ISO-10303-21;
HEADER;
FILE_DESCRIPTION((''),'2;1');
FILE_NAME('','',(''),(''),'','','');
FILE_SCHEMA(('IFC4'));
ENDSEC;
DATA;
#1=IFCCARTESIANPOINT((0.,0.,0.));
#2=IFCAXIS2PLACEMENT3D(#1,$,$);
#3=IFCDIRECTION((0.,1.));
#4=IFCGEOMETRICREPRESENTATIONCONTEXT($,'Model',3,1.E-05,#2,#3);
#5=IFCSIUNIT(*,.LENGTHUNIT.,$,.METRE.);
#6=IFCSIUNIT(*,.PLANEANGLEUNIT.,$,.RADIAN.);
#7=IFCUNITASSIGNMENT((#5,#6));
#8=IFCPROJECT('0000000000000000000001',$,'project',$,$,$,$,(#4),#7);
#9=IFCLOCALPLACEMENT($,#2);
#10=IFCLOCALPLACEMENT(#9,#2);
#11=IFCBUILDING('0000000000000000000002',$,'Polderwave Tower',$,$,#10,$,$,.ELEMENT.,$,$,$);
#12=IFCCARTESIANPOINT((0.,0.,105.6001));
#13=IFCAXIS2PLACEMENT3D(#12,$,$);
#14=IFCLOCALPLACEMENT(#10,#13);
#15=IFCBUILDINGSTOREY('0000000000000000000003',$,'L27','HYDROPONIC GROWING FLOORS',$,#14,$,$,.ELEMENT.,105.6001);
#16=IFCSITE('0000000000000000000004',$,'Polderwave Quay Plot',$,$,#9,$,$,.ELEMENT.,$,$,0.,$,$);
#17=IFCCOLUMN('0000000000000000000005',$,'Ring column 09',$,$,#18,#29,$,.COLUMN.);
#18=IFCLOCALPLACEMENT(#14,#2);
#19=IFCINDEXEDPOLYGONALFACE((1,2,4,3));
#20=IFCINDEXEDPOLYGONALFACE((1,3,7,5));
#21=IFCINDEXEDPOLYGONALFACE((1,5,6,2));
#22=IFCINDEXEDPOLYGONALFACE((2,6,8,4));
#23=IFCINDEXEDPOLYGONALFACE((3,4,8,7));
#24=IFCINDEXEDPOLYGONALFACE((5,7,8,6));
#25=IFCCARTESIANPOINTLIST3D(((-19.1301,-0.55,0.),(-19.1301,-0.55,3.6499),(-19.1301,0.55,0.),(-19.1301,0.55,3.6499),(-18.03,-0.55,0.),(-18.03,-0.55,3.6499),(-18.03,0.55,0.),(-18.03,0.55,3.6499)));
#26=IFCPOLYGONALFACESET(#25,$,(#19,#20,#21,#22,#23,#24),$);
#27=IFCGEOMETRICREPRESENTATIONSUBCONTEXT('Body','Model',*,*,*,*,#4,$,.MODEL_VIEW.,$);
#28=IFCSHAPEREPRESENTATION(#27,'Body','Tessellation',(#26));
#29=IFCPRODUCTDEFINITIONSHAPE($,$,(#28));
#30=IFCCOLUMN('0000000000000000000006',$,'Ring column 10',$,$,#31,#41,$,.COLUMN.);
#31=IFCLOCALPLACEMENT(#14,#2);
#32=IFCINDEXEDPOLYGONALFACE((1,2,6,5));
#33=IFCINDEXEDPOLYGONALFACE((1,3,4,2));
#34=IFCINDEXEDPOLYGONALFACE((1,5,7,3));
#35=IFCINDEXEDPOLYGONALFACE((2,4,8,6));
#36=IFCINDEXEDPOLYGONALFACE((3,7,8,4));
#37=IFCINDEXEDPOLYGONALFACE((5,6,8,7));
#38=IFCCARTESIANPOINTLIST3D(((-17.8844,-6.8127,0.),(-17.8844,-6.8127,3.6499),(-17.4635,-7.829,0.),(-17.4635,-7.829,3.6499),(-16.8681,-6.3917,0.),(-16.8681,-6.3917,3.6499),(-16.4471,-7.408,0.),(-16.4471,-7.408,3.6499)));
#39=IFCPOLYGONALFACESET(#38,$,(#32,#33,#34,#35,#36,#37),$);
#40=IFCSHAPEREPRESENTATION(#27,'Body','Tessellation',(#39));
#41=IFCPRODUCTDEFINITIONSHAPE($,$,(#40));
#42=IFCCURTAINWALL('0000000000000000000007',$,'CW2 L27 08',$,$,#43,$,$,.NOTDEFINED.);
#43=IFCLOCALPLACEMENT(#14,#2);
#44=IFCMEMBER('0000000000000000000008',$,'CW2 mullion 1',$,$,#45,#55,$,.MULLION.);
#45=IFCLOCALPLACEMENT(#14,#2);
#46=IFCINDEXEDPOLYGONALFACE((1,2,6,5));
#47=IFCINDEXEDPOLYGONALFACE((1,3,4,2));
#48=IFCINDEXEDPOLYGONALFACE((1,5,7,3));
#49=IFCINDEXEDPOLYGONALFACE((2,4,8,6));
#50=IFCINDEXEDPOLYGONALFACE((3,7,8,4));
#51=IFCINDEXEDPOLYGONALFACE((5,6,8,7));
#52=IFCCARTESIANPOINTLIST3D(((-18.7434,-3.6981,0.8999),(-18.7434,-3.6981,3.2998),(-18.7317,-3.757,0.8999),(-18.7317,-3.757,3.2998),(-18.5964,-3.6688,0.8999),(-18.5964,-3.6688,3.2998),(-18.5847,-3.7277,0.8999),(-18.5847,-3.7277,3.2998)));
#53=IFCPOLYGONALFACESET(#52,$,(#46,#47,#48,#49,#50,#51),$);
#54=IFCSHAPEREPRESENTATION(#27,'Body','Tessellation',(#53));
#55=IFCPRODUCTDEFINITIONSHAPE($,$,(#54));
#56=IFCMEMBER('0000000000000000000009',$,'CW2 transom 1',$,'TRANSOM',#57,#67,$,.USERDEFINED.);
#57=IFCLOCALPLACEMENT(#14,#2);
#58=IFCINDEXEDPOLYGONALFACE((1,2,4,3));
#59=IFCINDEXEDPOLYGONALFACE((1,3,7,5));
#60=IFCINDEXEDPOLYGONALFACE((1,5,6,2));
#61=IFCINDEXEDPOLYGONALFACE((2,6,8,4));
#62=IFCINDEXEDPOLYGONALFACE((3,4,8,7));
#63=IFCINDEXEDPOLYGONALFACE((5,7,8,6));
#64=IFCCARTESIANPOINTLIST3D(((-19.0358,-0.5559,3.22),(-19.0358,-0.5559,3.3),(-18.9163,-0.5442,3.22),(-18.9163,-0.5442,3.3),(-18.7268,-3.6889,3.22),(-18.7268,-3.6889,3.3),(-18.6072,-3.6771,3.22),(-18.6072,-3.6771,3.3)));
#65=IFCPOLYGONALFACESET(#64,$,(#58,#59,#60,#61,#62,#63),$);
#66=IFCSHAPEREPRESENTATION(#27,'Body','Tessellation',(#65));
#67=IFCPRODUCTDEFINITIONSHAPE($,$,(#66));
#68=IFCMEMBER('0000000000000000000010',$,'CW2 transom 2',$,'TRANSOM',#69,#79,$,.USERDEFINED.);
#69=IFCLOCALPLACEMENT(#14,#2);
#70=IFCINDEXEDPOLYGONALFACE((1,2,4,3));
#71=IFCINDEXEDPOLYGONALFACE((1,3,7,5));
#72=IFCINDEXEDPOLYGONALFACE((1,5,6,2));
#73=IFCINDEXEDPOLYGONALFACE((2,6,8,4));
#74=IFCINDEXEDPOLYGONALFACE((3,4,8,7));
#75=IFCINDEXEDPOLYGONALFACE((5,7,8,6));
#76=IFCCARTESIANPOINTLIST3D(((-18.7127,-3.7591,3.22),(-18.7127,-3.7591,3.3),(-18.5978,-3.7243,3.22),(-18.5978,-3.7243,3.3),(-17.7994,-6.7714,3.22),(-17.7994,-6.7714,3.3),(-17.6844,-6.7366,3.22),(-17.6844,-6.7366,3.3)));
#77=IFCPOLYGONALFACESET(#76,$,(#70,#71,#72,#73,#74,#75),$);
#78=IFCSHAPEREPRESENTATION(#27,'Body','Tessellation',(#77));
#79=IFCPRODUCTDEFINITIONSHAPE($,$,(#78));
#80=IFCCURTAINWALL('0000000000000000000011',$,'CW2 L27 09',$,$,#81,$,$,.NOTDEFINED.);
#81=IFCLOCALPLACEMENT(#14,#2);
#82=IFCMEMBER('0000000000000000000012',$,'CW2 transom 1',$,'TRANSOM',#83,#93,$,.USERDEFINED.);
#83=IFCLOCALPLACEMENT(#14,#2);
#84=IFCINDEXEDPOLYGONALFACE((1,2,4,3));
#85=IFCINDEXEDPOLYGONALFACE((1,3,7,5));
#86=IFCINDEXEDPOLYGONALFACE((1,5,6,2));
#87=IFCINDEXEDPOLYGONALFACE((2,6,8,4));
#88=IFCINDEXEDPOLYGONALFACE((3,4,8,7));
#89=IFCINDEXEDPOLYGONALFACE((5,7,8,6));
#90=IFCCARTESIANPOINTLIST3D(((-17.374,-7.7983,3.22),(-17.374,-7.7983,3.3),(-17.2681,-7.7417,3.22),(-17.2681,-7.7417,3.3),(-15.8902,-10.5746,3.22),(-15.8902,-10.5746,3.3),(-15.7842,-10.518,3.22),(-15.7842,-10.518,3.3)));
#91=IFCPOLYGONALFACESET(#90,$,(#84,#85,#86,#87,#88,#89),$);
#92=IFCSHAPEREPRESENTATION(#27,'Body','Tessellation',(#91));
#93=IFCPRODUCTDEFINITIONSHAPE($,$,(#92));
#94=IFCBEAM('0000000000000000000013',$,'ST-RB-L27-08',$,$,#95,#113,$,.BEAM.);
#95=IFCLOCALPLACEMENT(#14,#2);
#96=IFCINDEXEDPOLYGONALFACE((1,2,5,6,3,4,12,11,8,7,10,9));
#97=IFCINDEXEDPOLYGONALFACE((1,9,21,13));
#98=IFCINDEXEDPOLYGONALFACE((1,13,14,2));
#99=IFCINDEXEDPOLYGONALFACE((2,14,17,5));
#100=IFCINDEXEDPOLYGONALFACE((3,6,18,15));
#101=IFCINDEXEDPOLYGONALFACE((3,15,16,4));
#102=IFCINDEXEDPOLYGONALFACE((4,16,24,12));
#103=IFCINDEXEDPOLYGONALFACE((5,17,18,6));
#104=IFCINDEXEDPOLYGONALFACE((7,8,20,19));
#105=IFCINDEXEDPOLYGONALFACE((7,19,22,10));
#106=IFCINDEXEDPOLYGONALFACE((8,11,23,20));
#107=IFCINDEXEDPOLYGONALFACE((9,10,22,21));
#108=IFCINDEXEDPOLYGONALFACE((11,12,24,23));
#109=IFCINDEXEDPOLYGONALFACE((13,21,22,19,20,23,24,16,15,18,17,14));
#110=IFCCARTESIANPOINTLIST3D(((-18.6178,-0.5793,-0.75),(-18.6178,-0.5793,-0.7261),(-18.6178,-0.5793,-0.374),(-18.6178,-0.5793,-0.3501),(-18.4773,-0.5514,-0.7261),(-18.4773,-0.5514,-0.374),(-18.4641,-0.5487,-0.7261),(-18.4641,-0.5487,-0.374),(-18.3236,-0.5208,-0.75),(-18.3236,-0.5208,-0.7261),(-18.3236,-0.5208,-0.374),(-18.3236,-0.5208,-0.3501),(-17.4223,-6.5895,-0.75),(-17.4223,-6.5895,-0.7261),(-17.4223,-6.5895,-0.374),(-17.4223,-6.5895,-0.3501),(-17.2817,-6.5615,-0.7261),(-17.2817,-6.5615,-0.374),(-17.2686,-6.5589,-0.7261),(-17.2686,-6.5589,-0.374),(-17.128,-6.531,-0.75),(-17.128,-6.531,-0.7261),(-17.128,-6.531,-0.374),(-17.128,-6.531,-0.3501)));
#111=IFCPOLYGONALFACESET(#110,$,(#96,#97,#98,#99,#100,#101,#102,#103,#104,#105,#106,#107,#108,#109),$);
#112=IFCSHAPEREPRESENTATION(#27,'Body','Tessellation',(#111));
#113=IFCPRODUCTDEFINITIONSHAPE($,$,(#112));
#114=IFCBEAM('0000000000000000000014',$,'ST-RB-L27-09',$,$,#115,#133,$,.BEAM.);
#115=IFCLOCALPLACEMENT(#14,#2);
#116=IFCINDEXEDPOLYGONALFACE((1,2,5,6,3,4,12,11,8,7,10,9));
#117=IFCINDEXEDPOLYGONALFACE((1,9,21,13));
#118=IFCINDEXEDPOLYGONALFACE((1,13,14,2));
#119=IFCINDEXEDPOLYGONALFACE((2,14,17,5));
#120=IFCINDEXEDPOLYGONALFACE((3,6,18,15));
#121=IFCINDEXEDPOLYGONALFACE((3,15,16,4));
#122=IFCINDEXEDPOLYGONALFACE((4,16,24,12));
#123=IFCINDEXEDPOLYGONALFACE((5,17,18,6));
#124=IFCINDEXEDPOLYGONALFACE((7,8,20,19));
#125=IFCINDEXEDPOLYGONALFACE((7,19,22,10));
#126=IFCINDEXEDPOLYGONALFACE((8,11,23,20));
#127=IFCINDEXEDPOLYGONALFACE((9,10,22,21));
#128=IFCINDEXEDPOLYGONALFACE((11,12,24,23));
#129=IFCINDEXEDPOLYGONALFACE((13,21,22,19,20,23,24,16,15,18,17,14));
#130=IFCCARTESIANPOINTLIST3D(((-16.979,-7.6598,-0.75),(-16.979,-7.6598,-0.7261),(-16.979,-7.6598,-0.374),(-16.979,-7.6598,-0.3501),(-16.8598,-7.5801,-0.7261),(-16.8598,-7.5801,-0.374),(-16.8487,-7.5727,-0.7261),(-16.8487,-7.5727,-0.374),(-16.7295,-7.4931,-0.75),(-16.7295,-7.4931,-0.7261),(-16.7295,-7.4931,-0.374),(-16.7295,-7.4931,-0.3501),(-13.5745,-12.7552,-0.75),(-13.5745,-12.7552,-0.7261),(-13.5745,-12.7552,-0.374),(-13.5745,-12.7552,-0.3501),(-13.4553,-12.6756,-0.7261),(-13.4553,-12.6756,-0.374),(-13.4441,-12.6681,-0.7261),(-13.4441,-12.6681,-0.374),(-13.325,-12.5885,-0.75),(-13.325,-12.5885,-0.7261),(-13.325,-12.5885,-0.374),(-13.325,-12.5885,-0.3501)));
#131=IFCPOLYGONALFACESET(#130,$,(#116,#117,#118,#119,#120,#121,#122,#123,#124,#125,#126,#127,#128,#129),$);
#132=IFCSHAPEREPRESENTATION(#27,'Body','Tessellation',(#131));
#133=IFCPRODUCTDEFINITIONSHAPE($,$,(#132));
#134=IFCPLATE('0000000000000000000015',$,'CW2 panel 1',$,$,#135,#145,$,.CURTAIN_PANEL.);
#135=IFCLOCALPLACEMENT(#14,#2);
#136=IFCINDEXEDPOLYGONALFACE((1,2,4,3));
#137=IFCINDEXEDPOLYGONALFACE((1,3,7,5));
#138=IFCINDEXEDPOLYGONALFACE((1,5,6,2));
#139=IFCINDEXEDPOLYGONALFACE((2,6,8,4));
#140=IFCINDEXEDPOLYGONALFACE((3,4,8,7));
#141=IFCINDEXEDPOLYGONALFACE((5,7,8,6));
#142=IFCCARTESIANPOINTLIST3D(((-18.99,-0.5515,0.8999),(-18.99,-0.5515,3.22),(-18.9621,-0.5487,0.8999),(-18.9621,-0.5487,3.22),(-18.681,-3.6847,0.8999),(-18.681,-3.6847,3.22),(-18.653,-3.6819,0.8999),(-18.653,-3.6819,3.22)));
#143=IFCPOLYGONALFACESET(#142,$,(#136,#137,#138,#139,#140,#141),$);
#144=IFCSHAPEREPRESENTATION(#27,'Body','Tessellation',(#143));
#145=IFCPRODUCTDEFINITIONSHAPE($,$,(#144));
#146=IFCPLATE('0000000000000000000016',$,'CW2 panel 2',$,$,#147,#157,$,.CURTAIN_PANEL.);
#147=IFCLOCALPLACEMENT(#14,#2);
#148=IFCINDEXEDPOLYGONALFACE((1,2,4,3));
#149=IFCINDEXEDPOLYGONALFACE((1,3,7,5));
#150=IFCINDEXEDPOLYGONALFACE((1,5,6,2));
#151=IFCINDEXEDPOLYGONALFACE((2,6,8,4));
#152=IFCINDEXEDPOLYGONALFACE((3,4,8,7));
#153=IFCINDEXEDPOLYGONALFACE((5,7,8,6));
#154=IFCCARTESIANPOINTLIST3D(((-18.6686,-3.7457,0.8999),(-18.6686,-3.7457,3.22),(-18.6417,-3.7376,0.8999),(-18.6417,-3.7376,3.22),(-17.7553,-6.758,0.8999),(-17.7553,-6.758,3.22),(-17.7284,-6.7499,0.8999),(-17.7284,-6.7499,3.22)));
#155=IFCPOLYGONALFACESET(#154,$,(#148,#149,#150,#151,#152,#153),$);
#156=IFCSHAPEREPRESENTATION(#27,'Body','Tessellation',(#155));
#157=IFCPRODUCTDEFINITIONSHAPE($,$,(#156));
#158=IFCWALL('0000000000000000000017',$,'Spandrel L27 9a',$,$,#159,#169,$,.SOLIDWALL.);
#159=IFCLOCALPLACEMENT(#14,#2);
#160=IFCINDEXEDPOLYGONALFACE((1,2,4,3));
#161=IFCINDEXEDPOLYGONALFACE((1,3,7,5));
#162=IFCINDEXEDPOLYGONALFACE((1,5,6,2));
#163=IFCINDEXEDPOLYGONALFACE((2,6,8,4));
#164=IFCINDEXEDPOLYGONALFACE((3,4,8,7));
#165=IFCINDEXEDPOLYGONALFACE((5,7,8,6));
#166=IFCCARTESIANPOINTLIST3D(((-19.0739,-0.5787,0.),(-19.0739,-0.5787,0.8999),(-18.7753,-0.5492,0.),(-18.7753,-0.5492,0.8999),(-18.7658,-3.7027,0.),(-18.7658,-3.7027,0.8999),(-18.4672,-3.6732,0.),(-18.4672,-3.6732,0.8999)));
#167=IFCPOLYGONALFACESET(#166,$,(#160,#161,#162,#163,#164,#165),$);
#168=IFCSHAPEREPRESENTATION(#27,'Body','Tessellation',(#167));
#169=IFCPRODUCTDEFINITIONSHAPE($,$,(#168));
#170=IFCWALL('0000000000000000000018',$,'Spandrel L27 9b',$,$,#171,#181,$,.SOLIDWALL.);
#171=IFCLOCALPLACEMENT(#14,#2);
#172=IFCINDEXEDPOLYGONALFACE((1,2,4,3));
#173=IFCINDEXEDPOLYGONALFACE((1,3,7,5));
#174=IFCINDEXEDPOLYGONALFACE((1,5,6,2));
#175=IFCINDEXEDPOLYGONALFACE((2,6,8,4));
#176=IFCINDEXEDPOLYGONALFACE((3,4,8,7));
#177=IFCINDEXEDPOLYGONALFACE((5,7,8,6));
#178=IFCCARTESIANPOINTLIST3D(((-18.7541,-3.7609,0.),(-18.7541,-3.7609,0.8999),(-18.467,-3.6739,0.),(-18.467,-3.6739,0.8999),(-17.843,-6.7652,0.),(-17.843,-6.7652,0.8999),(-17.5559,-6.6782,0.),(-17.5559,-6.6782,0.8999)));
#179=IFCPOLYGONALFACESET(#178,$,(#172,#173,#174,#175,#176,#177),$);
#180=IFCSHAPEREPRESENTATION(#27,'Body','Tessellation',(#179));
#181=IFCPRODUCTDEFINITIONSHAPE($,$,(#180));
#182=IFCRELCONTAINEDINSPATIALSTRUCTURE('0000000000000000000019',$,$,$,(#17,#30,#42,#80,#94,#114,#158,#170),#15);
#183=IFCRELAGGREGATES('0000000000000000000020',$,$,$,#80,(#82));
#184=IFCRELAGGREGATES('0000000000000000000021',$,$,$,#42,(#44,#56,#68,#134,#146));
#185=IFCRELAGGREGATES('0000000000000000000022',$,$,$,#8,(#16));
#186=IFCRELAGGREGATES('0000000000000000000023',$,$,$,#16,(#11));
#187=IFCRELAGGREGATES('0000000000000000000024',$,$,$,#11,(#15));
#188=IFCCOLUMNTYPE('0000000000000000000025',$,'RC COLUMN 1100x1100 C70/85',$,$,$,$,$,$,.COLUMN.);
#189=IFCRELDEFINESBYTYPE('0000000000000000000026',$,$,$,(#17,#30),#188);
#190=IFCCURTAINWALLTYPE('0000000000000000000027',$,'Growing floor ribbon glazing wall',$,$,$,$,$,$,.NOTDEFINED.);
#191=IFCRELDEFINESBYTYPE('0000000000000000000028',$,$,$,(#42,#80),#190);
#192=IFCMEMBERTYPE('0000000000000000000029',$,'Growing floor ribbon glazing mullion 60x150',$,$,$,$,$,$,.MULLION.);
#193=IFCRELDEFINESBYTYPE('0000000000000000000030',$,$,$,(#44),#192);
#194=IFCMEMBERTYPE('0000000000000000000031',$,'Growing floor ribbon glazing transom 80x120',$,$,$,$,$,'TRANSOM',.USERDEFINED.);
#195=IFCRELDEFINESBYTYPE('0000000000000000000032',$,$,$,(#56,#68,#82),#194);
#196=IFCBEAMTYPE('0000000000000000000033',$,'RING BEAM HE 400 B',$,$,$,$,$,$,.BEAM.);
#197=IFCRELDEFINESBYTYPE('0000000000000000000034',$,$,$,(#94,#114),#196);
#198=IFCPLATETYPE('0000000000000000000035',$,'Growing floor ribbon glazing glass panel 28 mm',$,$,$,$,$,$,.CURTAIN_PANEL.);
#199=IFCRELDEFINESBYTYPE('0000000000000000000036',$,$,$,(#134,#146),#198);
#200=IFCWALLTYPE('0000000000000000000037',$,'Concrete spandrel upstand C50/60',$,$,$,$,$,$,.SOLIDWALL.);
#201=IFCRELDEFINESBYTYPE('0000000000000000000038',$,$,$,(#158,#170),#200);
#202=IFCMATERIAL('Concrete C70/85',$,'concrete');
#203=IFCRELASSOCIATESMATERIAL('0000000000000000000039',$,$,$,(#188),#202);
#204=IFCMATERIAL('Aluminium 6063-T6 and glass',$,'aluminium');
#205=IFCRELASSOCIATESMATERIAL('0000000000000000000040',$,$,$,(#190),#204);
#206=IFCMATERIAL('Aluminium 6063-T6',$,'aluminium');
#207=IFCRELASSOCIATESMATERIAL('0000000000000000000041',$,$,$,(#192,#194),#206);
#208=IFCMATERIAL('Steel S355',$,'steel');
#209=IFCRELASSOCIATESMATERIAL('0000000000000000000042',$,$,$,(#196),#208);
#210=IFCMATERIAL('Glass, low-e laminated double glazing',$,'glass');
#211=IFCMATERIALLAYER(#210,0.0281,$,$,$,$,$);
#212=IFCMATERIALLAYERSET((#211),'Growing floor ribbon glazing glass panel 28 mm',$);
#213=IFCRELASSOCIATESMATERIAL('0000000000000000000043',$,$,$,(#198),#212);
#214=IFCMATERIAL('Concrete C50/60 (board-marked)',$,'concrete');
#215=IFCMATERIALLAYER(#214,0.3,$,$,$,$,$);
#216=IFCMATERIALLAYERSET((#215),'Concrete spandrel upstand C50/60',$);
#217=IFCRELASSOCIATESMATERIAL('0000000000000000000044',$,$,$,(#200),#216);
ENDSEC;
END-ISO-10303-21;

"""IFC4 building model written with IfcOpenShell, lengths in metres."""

from ifc_helpers import new_model, si_unit, direction, frame, frame_2d, origin, origin_2d, place, context, subcontext, project, spatial, rectangle, i_section, extrude, material, layer, layer_set, material_profile, profile_set, type_object, element, aggregate, save


model = new_model("IFC4")

# Units and contexts
model_context = context("Model", 3, precision=1e-05, world=origin(), true_north=direction((0.0, 1.0)))
body_context = subcontext(model_context, "Body", "Model", "MODEL_VIEW")
ifc_project = project(units=[si_unit("LENGTHUNIT", "METRE"), si_unit("PLANEANGLEUNIT", "RADIAN")], contexts=[model_context])

# Site, building, storey
site_placement = place(None, origin())
site = spatial("IfcSite", under=ifc_project, at=site_placement, Name="Polderwave Quay Plot", CompositionType="ELEMENT", RefElevation=0.0)
building_placement = place(site_placement, origin())
building = spatial("IfcBuilding", under=site, at=building_placement, Name="Polderwave Tower", CompositionType="ELEMENT")
storey_placement = place(building_placement, frame((0.0, 0.0, 105.6001)))
storey = spatial("IfcBuildingStorey", under=building, at=storey_placement, Name="L27", Description="HYDROPONIC GROWING FLOORS", CompositionType="ELEMENT", Elevation=105.6001)

# Columns
ifc_material_1 = material(Name="Concrete C70/85", Category="concrete")
ifc_material_profile_1 = material_profile(ifc_material_1, rectangle(XDim=1.1001, YDim=1.1001, at=origin_2d()), Name="RC 1100x1100")
ifc_profile_set_1 = profile_set([ifc_material_profile_1], Name="Concrete C70/85")
column_type = type_object("IfcColumnType", Name="RC COLUMN 1100x1100 C70/85", PredefinedType="COLUMN", material=ifc_profile_set_1)
for number, where, z_axis, x_axis, name in (
    (1, (-18.5801, 0.0, 0.0), (0.0, 0.0, 1.0), (-1.0, 0.0, 0.0), "Ring column 09"),
    (2, (-17.1658, -7.1104, 0.0), (0.0, 0.0, 1.0), (-0.92388, -0.382683, 0.0), "Ring column 10"),
):
    element("IfcColumn", number, at=place(storey_placement, frame(where, z_axis=z_axis, x_axis=x_axis)), inside=storey, type_object=column_type, Name=name, PredefinedType="COLUMN", context=body_context, shape_type="SweptSolid", body=[
        extrude(rectangle(XDim=1.1001, YDim=1.1001, at=origin_2d()), origin(), (0.0, 0.0, 1.0), 3.6499),
    ])

# Curtain wall, members
ifc_material_2 = material(Name="Aluminium 6063-T6 and glass", Category="aluminium")
curtain_wall_type = type_object("IfcCurtainWallType", Name="Growing floor ribbon glazing wall", PredefinedType="NOTDEFINED", material=ifc_material_2)
curtain_wall_1_placement = place(storey_placement, origin())
curtain_wall_1 = element("IfcCurtainWall", 3, at=curtain_wall_1_placement, inside=storey, type_object=curtain_wall_type, Name="CW2 L27 08", PredefinedType="NOTDEFINED")
ifc_material_3 = material(Name="Aluminium 6063-T6", Category="aluminium")
ifc_material_profile_2 = material_profile(ifc_material_3, rectangle(XDim=0.1499, YDim=0.0601, at=origin_2d()), Name="AL 60x150")
ifc_profile_set_2 = profile_set([ifc_material_profile_2], Name="Aluminium 6063-T6")
member_type_1 = type_object("IfcMemberType", Name="Growing floor ribbon glazing mullion 60x150", PredefinedType="MULLION", material=ifc_profile_set_2)
member_1_placement = place(storey_placement, frame((-18.6641, -3.7129, 0.8999), z_axis=(0.0, 0.0, 1.0), x_axis=(0.980785, 0.195092, 0.0)))
member_1 = element("IfcMember", 4, at=member_1_placement, type_object=member_type_1, Name="CW2 mullion 1", PredefinedType="MULLION", context=body_context, shape_type="SweptSolid", body=[
    extrude(rectangle(XDim=0.1499, YDim=0.0601, at=origin_2d()), origin(), (0.0, 0.0, 1.0), 2.3999),
])
ifc_material_profile_3 = material_profile(ifc_material_3, rectangle(XDim=0.1201, YDim=0.0801, at=origin_2d()), Name="AL 80x120")
ifc_profile_set_3 = profile_set([ifc_material_profile_3], Name="Aluminium 6063-T6")
member_type_2 = type_object("IfcMemberType", Name="Growing floor ribbon glazing transom 80x120", ElementType="TRANSOM", PredefinedType="USERDEFINED", material=ifc_profile_set_3)
member_2_placement = place(storey_placement, frame((-18.9761, -0.55, 3.26), z_axis=(0.098175, -0.995169, 0.0), x_axis=(0.995169, 0.098175, 0.0)))
member_2 = element("IfcMember", 5, at=member_2_placement, type_object=member_type_2, Name="CW2 transom 1", ObjectType="TRANSOM", PredefinedType="USERDEFINED", context=body_context, shape_type="SweptSolid", body=[
    extrude(rectangle(XDim=0.1201, YDim=0.0801, at=origin_2d()), origin(), (0.0, 0.0, 1.0), 3.1482),
])
member_3_placement = place(storey_placement, frame((-18.6553, -3.7417, 3.26), z_axis=(0.290165, -0.956977, 0.0), x_axis=(0.956977, 0.290165, 0.0)))
member_3 = element("IfcMember", 6, at=member_3_placement, type_object=member_type_2, Name="CW2 transom 2", ObjectType="TRANSOM", PredefinedType="USERDEFINED", context=body_context, shape_type="SweptSolid", body=[
    extrude(rectangle(XDim=0.1201, YDim=0.0801, at=origin_2d()), origin(), (0.0, 0.0, 1.0), 3.1477),
])

# Curtain wall, member
curtain_wall_2_placement = place(storey_placement, origin())
curtain_wall_2 = element("IfcCurtainWall", 7, at=curtain_wall_2_placement, inside=storey, type_object=curtain_wall_type, Name="CW2 L27 09", PredefinedType="NOTDEFINED")
member_4_placement = place(storey_placement, frame((-17.321, -7.77, 3.26), z_axis=(0.471369, -0.881936, 0.0), x_axis=(0.881936, 0.471369, 0.0)))
member_4 = element("IfcMember", 8, at=member_4_placement, type_object=member_type_2, Name="CW2 transom 1", ObjectType="TRANSOM", PredefinedType="USERDEFINED", context=body_context, shape_type="SweptSolid", body=[
    extrude(rectangle(XDim=0.1201, YDim=0.0801, at=origin_2d()), origin(), (0.0, 0.0, 1.0), 3.1479),
])
aggregate(curtain_wall_2, [member_4])

# Beams
ifc_material_4 = material(Name="Steel S355", Category="steel")
ifc_material_profile_4 = material_profile(ifc_material_4, i_section(OverallWidth=0.3, OverallDepth=0.3999, WebThickness=0.0134, FlangeThickness=0.0239, at=origin_2d()), Name="HE 400 B")
ifc_profile_set_4 = profile_set([ifc_material_profile_4], Name="Steel S355")
beam_type = type_object("IfcBeamType", Name="RING BEAM HE 400 B", PredefinedType="BEAM", material=ifc_profile_set_4)
beam_1_placement = place(storey_placement, frame((-18.4707, -0.55, -0.55), z_axis=(0.195097, -0.980784, 0.0), x_axis=(0.980784, 0.195097, 0.0)))
element("IfcBeam", 9, at=beam_1_placement, inside=storey, type_object=beam_type, Name="ST-RB-L27-08", PredefinedType="BEAM", context=body_context, shape_type="SweptSolid", body=[
    extrude(i_section(OverallWidth=0.3, OverallDepth=0.3999, WebThickness=0.0134, FlangeThickness=0.0239, at=origin_2d()), origin(), (0.0, 0.0, 1.0), 6.1279),
])
beam_2_placement = place(storey_placement, frame((-16.8542, -7.5764, -0.55), z_axis=(0.555555, -0.83148, 0.0), x_axis=(0.83148, 0.555555, 0.0)))
element("IfcBeam", 10, at=beam_2_placement, inside=storey, type_object=beam_type, Name="ST-RB-L27-09", PredefinedType="BEAM", context=body_context, shape_type="SweptSolid", body=[
    extrude(i_section(OverallWidth=0.3, OverallDepth=0.3999, WebThickness=0.0134, FlangeThickness=0.0239, at=origin_2d()), origin(), (0.0, 0.0, 1.0), 6.1282),
])

# Plates
ifc_material_5 = material(Name="Glass, low-e laminated double glazing", Category="glass")
ifc_layer_1 = layer(ifc_material_5, 0.0281)
ifc_layer_set_1 = layer_set([ifc_layer_1], Name="Growing floor ribbon glazing glass panel 28 mm")
plate_type = type_object("IfcPlateType", Name="Growing floor ribbon glazing glass panel 28 mm", PredefinedType="CURTAIN_PANEL", material=ifc_layer_set_1)
plate_1_placement = place(storey_placement, frame((-18.8215, -2.1167, 0.8999), z_axis=(0.0, 0.0, 1.0), x_axis=(0.098165, -0.99517, 0.0)))
plate_1 = element("IfcPlate", 11, at=plate_1_placement, type_object=plate_type, Name="CW2 panel 1", PredefinedType="CURTAIN_PANEL", context=body_context, shape_type="SweptSolid", body=[
    extrude(rectangle(XDim=3.1484, YDim=0.0281, at=origin_2d()), origin(), (0.0, 0.0, 1.0), 2.3201),
])
plate_2_placement = place(storey_placement, frame((-18.1985, -5.2478, 0.8999), z_axis=(0.0, 0.0, 1.0), x_axis=(0.290148, -0.956982, 0.0)))
plate_2 = element("IfcPlate", 12, at=plate_2_placement, type_object=plate_type, Name="CW2 panel 2", PredefinedType="CURTAIN_PANEL", context=body_context, shape_type="SweptSolid", body=[
    extrude(rectangle(XDim=3.1477, YDim=0.0281, at=origin_2d()), origin(), (0.0, 0.0, 1.0), 2.3201),
])
aggregate(curtain_wall_1, [member_1, member_2, member_3, plate_1, plate_2])

# Walls
ifc_material_6 = material(Name="Concrete C50/60 (board-marked)", Category="concrete")
ifc_layer_2 = layer(ifc_material_6, 0.3)
ifc_layer_set_2 = layer_set([ifc_layer_2], Name="Concrete spandrel upstand C50/60")
wall_type_1 = type_object("IfcWallType", Name="Concrete spandrel upstand C50/60", PredefinedType="SOLIDWALL", material=ifc_layer_set_2)
wall_1_placement = place(storey_placement, frame((-18.9246, -0.564, 0.0), z_axis=(0.0, 0.0, 1.0), x_axis=(0.098148, -0.995172, 0.0)))
element("IfcWall", 13, at=wall_1_placement, inside=storey, type_object=wall_type_1, Name="Spandrel L27 9a", PredefinedType="SOLIDWALL", context=body_context, shape_type="SweptSolid", body=[
    extrude(rectangle(XDim=3.1392, YDim=0.3, at=frame_2d((1.5696, 0.0))), origin(), (0.0, 0.0, 1.0), 0.8999),
])
wall_2_placement = place(storey_placement, frame((-18.6106, -3.7173, 0.0), z_axis=(0.0, 0.0, 1.0), x_axis=(0.290215, -0.956962, 0.0)))
element("IfcWall", 14, at=wall_2_placement, inside=storey, type_object=wall_type_1, Name="Spandrel L27 9b", PredefinedType="SOLIDWALL", context=body_context, shape_type="SweptSolid", body=[
    extrude(rectangle(XDim=3.1394, YDim=0.3, at=frame_2d((1.5698, 0.0))), origin(), (0.0, 0.0, 1.0), 0.8999),
])

save(model, "model.ifc")
